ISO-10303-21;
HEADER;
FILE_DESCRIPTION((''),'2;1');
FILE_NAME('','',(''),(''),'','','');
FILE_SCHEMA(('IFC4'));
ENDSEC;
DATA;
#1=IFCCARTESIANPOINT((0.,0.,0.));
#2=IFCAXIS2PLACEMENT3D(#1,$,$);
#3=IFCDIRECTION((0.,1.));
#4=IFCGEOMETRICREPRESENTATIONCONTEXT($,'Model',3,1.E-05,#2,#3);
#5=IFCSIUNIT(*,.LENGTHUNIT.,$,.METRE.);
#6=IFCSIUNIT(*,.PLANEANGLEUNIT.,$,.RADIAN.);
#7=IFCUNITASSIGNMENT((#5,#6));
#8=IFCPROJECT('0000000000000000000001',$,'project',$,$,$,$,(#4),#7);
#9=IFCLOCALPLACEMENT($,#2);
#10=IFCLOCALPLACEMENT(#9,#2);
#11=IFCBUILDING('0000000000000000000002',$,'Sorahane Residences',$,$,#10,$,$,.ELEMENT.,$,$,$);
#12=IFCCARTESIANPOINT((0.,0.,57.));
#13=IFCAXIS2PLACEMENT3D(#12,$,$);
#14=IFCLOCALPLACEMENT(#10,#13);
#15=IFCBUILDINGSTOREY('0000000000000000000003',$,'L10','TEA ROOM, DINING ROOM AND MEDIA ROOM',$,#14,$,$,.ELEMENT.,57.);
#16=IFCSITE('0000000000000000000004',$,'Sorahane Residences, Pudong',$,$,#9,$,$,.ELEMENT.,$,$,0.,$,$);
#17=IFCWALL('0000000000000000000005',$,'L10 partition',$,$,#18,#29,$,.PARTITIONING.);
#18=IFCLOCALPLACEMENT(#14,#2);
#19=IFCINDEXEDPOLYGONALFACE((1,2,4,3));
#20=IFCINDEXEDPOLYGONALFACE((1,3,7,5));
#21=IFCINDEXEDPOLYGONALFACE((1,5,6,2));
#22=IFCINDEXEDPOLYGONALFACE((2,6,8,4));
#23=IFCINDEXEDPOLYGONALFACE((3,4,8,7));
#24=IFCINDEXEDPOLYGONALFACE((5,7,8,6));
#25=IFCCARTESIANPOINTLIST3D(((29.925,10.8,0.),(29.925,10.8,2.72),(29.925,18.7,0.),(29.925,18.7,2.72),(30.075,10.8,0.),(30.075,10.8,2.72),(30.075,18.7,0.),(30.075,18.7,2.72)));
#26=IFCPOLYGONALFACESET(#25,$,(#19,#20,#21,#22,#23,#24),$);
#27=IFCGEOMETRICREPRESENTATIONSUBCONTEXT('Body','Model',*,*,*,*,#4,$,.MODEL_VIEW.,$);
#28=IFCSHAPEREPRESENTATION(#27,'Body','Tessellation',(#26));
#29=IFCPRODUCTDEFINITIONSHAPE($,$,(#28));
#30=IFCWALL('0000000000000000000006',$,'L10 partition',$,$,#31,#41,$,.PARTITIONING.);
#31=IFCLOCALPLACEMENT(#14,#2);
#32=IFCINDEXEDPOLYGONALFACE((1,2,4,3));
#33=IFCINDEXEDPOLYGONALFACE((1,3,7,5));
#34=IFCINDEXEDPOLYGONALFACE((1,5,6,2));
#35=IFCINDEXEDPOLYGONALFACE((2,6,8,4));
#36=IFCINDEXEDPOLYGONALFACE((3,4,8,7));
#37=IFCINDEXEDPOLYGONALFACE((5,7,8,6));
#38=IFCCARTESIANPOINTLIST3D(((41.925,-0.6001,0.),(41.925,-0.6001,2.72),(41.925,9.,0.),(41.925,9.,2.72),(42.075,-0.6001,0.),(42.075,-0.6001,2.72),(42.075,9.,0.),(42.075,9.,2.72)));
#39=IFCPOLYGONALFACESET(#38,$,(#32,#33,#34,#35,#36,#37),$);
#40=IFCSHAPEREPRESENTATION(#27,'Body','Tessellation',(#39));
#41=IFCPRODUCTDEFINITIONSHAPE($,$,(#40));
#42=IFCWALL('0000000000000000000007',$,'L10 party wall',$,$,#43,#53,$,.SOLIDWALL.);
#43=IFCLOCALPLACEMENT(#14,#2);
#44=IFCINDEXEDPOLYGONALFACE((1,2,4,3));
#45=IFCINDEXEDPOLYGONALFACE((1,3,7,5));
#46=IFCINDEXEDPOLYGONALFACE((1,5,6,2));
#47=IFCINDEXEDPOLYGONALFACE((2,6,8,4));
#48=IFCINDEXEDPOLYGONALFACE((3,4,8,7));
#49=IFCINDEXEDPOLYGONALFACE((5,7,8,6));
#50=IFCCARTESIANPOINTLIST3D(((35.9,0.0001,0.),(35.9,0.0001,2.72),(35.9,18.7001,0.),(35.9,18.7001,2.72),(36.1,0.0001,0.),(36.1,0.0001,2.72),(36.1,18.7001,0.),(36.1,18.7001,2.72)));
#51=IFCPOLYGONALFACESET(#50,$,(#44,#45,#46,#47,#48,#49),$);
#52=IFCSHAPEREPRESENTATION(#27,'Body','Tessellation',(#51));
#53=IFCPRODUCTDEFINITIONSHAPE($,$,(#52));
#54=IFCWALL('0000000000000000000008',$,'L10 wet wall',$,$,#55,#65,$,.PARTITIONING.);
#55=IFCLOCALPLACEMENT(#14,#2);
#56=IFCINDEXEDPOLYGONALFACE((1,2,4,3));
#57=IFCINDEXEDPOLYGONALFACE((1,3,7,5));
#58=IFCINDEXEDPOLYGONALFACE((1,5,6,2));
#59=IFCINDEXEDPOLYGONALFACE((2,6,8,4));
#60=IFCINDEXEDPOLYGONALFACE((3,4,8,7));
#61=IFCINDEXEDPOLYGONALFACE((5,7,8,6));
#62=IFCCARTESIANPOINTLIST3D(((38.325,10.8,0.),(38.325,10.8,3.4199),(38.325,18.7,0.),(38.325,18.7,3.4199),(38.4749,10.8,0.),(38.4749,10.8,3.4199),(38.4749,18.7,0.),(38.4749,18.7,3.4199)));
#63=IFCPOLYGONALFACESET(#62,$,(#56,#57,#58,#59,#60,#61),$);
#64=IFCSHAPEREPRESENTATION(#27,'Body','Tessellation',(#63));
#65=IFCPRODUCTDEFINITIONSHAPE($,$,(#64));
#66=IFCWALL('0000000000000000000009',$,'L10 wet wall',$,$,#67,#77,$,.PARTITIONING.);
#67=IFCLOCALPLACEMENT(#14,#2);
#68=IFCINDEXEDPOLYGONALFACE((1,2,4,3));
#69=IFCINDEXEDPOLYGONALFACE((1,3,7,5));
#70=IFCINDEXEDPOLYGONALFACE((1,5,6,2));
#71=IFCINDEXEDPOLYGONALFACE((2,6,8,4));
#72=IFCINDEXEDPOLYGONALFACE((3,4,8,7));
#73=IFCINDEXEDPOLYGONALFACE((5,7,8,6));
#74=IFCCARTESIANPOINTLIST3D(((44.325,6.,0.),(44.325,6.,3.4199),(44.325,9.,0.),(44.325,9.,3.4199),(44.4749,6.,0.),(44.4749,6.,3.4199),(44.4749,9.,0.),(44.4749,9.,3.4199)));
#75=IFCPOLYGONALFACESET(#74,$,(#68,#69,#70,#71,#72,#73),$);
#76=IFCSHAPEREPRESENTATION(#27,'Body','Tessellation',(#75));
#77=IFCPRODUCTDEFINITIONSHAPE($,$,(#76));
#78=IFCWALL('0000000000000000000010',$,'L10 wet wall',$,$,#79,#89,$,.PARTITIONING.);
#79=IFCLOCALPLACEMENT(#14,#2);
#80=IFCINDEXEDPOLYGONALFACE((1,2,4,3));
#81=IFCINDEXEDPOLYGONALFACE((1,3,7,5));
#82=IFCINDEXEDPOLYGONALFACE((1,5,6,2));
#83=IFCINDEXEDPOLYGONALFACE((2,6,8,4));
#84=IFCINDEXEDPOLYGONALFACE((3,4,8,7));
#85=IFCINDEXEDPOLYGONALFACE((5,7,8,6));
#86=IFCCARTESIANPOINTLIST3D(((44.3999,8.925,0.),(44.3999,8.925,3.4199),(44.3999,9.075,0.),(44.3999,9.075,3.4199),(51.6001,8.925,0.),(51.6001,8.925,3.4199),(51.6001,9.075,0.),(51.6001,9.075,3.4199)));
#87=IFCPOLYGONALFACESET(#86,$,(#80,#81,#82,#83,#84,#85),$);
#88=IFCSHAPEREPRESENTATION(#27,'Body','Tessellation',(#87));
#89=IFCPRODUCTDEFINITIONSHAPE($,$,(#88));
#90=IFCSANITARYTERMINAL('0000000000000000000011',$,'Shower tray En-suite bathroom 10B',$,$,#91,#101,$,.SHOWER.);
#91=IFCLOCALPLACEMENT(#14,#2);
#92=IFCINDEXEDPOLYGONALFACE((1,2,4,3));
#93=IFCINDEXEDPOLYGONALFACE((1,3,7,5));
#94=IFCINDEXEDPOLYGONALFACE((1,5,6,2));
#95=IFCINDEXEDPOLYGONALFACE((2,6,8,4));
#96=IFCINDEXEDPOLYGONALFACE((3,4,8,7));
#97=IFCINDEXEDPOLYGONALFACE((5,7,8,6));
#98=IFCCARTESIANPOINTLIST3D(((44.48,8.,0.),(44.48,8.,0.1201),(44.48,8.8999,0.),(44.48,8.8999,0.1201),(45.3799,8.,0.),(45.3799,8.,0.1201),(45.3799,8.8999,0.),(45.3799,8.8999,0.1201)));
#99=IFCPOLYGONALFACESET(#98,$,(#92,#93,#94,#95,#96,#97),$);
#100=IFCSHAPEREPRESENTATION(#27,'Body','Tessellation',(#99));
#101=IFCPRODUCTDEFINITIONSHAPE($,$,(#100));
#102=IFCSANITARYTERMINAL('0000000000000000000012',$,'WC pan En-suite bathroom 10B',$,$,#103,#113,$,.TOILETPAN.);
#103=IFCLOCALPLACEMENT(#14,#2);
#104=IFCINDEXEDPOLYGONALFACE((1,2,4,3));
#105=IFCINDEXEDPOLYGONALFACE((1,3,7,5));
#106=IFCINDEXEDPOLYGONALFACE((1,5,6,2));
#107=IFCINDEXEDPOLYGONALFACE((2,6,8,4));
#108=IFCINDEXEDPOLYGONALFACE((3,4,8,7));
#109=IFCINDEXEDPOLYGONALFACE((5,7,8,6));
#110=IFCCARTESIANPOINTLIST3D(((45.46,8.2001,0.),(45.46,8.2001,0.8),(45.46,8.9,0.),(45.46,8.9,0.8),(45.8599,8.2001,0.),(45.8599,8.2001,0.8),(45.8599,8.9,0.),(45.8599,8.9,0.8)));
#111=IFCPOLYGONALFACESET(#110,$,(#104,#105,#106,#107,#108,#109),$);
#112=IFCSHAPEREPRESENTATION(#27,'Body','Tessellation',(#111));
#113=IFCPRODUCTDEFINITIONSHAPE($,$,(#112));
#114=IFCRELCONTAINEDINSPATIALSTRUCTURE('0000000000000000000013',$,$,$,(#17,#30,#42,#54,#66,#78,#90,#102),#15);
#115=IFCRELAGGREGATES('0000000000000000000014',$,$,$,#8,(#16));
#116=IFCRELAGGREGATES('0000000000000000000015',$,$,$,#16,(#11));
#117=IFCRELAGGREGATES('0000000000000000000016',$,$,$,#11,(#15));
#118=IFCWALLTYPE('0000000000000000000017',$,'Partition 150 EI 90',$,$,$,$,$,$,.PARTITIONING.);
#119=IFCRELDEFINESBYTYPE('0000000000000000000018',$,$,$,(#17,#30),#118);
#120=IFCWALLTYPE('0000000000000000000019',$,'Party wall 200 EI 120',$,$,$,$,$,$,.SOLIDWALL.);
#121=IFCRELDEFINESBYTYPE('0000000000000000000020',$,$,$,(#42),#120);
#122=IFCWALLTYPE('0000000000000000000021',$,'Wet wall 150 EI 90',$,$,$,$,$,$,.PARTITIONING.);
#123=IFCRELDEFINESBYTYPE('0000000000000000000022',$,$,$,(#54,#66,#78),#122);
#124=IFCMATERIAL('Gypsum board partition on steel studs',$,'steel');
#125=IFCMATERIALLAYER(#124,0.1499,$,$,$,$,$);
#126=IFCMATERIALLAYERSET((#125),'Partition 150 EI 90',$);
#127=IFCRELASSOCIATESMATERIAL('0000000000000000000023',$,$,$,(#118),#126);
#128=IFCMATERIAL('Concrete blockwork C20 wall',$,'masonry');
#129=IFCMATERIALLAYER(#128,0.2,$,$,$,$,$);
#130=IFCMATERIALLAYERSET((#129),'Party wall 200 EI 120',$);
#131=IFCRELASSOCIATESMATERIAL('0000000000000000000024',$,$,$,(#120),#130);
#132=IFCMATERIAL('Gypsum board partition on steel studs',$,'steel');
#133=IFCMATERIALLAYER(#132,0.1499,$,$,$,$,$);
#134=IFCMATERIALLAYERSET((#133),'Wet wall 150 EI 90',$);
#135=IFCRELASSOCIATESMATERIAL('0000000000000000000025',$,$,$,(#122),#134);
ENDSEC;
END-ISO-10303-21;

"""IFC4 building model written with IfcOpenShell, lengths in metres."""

from ifc_helpers import new_model, si_unit, direction, frame, frame_2d, origin, origin_2d, place, context, subcontext, project, spatial, rectangle, extrude, material, layer, layer_set, type_object, element, save


model = new_model("IFC4")

# Units and contexts
model_context = context("Model", 3, precision=1e-05, world=origin(), true_north=direction((0.0, 1.0)))
body_context = subcontext(model_context, "Body", "Model", "MODEL_VIEW")
ifc_project = project(units=[si_unit("LENGTHUNIT", "METRE"), si_unit("PLANEANGLEUNIT", "RADIAN")], contexts=[model_context])

# Site, building, storey
site_placement = place(None, origin())
site = spatial("IfcSite", under=ifc_project, at=site_placement, Name="Sorahane Residences, Pudong", CompositionType="ELEMENT", RefElevation=0.0)
building_placement = place(site_placement, origin())
building = spatial("IfcBuilding", under=site, at=building_placement, Name="Sorahane Residences", CompositionType="ELEMENT")
storey_placement = place(building_placement, frame((0.0, 0.0, 57.0)))
storey = spatial("IfcBuildingStorey", under=building, at=storey_placement, Name="L10", Description="TEA ROOM, DINING ROOM AND MEDIA ROOM", CompositionType="ELEMENT", Elevation=57.0)

# Walls
ifc_material_1 = material(Name="Gypsum board partition on steel studs", Category="steel")
ifc_layer_1 = layer(ifc_material_1, 0.1499)
ifc_layer_set_1 = layer_set([ifc_layer_1], Name="Partition 150 EI 90")
wall_type_1 = type_object("IfcWallType", Name="Partition 150 EI 90", PredefinedType="PARTITIONING", material=ifc_layer_set_1)
wall_1_placement = place(storey_placement, frame((30.0, 10.8, 0.0), z_axis=(0.0, 0.0, 1.0), x_axis=(0.0, 1.0, 0.0)))
element("IfcWall", 1, at=wall_1_placement, inside=storey, type_object=wall_type_1, Name="L10 partition", PredefinedType="PARTITIONING", context=body_context, shape_type="SweptSolid", body=[
    extrude(rectangle(XDim=7.8999, YDim=0.1499, at=frame_2d((3.95, 0.0))), origin(), (0.0, 0.0, 1.0), 2.72),
])
wall_2_placement = place(storey_placement, frame((42.0, -0.6001, 0.0), z_axis=(0.0, 0.0, 1.0), x_axis=(0.0, 1.0, 0.0)))
element("IfcWall", 2, at=wall_2_placement, inside=storey, type_object=wall_type_1, Name="L10 partition", PredefinedType="PARTITIONING", context=body_context, shape_type="SweptSolid", body=[
    extrude(rectangle(XDim=9.6001, YDim=0.1499, at=frame_2d((4.8, 0.0))), origin(), (0.0, 0.0, 1.0), 2.72),
])

# Walls
ifc_material_2 = material(Name="Concrete blockwork C20 wall", Category="masonry")
ifc_layer_2 = layer(ifc_material_2, 0.2)
ifc_layer_set_2 = layer_set([ifc_layer_2], Name="Party wall 200 EI 120")
wall_type_2 = type_object("IfcWallType", Name="Party wall 200 EI 120", PredefinedType="SOLIDWALL", material=ifc_layer_set_2)
wall_3_placement = place(storey_placement, frame((36.0, 0.0, 0.0), z_axis=(0.0, 0.0, 1.0), x_axis=(0.0, 1.0, 0.0)))
element("IfcWall", 3, at=wall_3_placement, inside=storey, type_object=wall_type_2, Name="L10 party wall", PredefinedType="SOLIDWALL", context=body_context, shape_type="SweptSolid", body=[
    extrude(rectangle(XDim=18.7, YDim=0.2, at=frame_2d((9.3501, 0.0))), origin(), (0.0, 0.0, 1.0), 2.72),
])
ifc_material_3 = material(Name="Gypsum board partition on steel studs", Category="steel")
ifc_layer_3 = layer(ifc_material_3, 0.1499)
ifc_layer_set_3 = layer_set([ifc_layer_3], Name="Wet wall 150 EI 90")
wall_type_3 = type_object("IfcWallType", Name="Wet wall 150 EI 90", PredefinedType="PARTITIONING", material=ifc_layer_set_3)
wall_4_placement = place(storey_placement, frame((38.3999, 10.8, 0.0), z_axis=(0.0, 0.0, 1.0), x_axis=(0.0, 1.0, 0.0)))
element("IfcWall", 4, at=wall_4_placement, inside=storey, type_object=wall_type_3, Name="L10 wet wall", PredefinedType="PARTITIONING", context=body_context, shape_type="SweptSolid", body=[
    extrude(rectangle(XDim=7.8999, YDim=0.1499, at=frame_2d((3.95, 0.0))), origin(), (0.0, 0.0, 1.0), 3.4199),
])
wall_5_placement = place(storey_placement, frame((44.3999, 6.0, 0.0), z_axis=(0.0, 0.0, 1.0), x_axis=(0.0, 1.0, 0.0)))
element("IfcWall", 5, at=wall_5_placement, inside=storey, type_object=wall_type_3, Name="L10 wet wall", PredefinedType="PARTITIONING", context=body_context, shape_type="SweptSolid", body=[
    extrude(rectangle(XDim=3.0, YDim=0.1499, at=frame_2d((1.5, 0.0))), origin(), (0.0, 0.0, 1.0), 3.4199),
])

# Wall
wall_6_placement = place(storey_placement, frame((44.3999, 9.0, 0.0), z_axis=(0.0, 0.0, 1.0), x_axis=(1.0, 0.0, 0.0)))
element("IfcWall", 6, at=wall_6_placement, inside=storey, type_object=wall_type_3, Name="L10 wet wall", PredefinedType="PARTITIONING", context=body_context, shape_type="SweptSolid", body=[
    extrude(rectangle(XDim=7.2002, YDim=0.1499, at=frame_2d((3.6001, 0.0))), origin(), (0.0, 0.0, 1.0), 3.4199),
])

# Sanitary terminals
sanitary_terminal_1_placement = place(storey_placement, frame((44.9299, 8.45, 0.0), z_axis=(0.0, 0.0, 1.0), x_axis=(1.0, 0.0, 0.0)))
element("IfcSanitaryTerminal", 7, at=sanitary_terminal_1_placement, inside=storey, Name="Shower tray En-suite bathroom 10B", PredefinedType="SHOWER", context=body_context, shape_type="SweptSolid", body=[
    extrude(rectangle(XDim=0.8999, YDim=0.8999, at=origin_2d()), origin(), (0.0, 0.0, 1.0), 0.1201),
])
sanitary_terminal_2_placement = place(storey_placement, frame((45.6599, 8.55, 0.0), z_axis=(0.0, 0.0, 1.0), x_axis=(1.0, 0.0, 0.0)))
element("IfcSanitaryTerminal", 8, at=sanitary_terminal_2_placement, inside=storey, Name="WC pan En-suite bathroom 10B", PredefinedType="TOILETPAN", context=body_context, shape_type="SweptSolid", body=[
    extrude(rectangle(XDim=0.3999, YDim=0.7, at=origin_2d()), origin(), (0.0, 0.0, 1.0), 0.8),
])

save(model, "model.ifc")
